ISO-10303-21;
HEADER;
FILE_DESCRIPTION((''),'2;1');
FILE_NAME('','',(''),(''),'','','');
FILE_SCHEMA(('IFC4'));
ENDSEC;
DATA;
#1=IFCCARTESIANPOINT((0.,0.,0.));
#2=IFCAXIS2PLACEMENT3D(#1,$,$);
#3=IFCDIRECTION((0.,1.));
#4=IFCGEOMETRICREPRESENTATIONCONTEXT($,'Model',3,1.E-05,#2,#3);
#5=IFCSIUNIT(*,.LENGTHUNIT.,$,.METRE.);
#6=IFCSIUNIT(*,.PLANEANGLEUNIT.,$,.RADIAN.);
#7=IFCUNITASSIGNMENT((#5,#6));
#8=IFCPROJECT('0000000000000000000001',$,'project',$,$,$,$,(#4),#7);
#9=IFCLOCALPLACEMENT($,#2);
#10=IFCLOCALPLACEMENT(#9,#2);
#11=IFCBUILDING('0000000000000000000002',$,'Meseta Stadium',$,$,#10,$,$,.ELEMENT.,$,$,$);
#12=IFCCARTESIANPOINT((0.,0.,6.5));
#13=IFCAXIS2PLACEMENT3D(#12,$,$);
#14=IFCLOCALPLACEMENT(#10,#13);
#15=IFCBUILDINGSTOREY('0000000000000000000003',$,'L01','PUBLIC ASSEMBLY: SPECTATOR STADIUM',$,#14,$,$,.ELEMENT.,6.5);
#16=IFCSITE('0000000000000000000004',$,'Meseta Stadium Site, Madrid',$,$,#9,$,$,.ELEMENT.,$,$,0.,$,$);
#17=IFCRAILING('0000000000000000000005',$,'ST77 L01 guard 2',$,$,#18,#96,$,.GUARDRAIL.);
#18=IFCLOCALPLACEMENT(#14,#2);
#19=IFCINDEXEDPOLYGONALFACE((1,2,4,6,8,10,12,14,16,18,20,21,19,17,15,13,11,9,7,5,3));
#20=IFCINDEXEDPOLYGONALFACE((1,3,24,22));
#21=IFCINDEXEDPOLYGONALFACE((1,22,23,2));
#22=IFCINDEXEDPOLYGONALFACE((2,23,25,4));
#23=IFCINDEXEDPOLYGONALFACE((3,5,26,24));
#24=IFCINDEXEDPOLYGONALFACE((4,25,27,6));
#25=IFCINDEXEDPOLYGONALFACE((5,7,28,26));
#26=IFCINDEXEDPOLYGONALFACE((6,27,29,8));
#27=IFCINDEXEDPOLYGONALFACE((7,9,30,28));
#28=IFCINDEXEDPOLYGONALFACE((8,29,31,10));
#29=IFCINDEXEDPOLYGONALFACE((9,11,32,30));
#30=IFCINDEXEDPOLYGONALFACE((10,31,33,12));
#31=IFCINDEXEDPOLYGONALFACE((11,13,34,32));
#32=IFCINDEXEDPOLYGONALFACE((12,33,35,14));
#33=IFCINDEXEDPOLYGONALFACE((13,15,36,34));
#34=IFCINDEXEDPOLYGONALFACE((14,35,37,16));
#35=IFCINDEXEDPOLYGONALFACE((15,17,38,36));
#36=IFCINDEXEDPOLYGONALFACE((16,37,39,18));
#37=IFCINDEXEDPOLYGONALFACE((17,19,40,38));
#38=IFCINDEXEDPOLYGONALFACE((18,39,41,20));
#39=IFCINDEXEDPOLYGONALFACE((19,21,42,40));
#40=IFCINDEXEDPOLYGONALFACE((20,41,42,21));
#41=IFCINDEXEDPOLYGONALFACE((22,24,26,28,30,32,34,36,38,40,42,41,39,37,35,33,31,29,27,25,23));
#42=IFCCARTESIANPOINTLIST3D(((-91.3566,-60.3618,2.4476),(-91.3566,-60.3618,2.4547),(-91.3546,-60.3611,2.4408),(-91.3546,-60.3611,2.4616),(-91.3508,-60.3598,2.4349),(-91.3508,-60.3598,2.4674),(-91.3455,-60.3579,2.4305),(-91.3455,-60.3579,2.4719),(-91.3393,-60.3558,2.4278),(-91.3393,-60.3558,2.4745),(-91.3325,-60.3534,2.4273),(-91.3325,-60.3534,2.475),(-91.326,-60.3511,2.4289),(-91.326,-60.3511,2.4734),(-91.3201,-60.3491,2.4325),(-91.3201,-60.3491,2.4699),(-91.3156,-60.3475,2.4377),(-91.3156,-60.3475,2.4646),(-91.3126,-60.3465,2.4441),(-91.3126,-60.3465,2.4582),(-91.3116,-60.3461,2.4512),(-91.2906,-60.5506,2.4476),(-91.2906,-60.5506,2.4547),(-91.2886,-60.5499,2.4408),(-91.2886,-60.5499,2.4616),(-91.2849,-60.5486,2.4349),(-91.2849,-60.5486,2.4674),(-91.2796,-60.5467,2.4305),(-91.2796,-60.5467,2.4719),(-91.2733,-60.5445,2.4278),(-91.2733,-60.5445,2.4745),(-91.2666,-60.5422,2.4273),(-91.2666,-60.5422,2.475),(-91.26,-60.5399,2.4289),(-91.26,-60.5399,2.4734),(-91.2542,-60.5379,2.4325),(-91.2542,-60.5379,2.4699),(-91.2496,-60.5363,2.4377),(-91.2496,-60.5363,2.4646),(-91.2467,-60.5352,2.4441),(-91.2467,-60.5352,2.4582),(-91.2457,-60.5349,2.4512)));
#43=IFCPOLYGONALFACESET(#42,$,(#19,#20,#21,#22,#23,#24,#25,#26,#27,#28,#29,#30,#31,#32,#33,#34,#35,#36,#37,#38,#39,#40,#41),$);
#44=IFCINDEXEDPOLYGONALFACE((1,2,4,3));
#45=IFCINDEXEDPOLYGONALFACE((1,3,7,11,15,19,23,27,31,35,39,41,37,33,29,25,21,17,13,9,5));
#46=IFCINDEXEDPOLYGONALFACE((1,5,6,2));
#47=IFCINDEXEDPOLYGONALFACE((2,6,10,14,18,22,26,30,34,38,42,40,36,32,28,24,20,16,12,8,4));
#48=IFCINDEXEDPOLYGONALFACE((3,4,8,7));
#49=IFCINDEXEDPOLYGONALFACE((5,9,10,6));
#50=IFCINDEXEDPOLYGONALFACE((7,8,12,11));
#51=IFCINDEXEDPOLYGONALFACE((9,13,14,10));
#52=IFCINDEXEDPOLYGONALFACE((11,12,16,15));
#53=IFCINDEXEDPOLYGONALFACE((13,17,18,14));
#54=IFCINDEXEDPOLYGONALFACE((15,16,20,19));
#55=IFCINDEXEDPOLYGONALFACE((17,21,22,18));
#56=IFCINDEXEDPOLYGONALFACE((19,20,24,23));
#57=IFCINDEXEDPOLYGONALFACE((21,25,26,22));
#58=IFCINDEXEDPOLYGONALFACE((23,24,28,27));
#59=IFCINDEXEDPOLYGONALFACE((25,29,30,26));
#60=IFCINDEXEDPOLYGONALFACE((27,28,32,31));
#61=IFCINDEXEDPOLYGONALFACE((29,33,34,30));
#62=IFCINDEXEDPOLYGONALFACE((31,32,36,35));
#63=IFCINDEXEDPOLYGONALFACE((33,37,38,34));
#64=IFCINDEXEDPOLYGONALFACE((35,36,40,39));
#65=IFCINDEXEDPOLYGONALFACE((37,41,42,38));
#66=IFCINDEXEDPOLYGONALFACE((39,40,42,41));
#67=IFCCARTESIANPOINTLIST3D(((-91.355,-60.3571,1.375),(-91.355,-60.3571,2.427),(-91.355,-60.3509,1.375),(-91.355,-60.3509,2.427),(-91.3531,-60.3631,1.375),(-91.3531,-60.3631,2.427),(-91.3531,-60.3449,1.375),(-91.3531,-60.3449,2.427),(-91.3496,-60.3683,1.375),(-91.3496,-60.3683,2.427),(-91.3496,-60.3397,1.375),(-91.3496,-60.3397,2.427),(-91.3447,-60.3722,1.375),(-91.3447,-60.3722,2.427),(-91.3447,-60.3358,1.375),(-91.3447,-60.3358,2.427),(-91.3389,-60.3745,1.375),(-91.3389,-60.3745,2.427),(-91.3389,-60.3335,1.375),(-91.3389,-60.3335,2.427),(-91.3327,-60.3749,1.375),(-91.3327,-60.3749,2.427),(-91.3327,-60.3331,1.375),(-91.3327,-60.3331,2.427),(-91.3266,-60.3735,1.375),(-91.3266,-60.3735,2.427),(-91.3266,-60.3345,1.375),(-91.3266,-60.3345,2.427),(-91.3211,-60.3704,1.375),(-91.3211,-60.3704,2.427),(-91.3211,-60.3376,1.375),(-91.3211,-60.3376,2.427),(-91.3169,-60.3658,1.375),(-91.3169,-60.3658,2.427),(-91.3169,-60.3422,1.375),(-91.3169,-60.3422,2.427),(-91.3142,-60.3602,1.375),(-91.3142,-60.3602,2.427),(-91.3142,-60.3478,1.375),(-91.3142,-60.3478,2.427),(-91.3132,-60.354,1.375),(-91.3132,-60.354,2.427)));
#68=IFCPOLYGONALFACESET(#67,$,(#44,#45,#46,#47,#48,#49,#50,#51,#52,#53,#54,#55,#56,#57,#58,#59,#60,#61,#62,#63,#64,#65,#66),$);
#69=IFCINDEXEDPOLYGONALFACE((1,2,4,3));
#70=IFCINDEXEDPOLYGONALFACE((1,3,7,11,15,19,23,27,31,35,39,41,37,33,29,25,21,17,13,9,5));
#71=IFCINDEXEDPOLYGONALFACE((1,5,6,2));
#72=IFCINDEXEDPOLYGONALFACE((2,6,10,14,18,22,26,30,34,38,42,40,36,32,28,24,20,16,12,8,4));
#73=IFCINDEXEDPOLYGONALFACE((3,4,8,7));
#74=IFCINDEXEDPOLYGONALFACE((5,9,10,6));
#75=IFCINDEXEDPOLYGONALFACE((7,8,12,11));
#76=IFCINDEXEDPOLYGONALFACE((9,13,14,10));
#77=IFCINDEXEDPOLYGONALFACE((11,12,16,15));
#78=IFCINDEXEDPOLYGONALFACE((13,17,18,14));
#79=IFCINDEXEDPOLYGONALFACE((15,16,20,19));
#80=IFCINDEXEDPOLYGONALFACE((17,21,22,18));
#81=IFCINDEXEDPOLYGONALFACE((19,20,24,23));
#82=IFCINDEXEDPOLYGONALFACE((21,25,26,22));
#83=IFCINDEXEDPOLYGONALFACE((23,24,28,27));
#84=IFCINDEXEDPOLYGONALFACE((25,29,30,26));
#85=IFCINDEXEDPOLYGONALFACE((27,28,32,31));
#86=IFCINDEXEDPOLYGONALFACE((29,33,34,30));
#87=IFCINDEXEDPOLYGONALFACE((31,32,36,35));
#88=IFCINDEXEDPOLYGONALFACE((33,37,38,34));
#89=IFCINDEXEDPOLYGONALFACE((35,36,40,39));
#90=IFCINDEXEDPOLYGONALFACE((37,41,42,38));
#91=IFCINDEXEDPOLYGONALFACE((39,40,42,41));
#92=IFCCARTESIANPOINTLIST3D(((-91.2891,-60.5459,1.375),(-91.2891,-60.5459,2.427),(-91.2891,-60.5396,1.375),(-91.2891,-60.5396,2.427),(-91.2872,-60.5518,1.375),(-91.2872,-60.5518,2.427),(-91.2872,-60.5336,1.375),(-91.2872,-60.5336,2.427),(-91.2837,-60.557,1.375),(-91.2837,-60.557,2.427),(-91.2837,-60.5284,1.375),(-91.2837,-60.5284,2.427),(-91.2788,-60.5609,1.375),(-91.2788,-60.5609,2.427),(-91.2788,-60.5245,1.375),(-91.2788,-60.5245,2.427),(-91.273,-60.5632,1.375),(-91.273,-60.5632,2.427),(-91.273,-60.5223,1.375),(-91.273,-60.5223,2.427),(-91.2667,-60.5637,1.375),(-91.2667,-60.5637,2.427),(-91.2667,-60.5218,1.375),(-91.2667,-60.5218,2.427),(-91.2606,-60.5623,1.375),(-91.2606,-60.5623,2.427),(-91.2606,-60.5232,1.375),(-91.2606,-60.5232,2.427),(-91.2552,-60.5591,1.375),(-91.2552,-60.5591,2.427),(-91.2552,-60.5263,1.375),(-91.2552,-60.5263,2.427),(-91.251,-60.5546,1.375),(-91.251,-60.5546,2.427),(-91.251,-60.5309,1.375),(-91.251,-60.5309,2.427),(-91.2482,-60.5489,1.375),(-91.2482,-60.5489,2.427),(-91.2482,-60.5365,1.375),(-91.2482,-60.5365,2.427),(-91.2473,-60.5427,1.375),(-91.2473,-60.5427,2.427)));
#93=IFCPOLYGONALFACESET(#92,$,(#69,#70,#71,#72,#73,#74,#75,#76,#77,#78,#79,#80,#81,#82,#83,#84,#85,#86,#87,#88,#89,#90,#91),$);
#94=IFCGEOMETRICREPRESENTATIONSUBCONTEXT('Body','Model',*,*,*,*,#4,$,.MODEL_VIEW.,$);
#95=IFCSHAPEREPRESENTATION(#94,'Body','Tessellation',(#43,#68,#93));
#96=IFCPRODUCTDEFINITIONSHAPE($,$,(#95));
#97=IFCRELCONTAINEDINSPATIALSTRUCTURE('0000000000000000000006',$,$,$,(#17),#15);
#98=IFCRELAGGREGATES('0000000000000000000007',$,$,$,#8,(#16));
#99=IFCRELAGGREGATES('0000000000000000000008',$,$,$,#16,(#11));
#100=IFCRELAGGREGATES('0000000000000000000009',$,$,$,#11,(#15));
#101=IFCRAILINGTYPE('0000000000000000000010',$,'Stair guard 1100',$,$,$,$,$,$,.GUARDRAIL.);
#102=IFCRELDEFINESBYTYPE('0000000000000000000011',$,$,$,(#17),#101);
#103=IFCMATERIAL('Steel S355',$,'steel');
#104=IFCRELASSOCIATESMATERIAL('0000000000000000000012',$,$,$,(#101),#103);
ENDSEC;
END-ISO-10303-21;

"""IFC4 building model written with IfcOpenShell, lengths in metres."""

from ifc_helpers import new_model, si_unit, direction, frame, origin, origin_2d, place, context, subcontext, project, spatial, circle, extrude, material, type_object, element, save


model = new_model("IFC4")

# Units and contexts
model_context = context("Model", 3, precision=1e-05, world=origin(), true_north=direction((0.0, 1.0)))
body_context = subcontext(model_context, "Body", "Model", "MODEL_VIEW")
ifc_project = project(units=[si_unit("LENGTHUNIT", "METRE"), si_unit("PLANEANGLEUNIT", "RADIAN")], contexts=[model_context])

# Site, building, storey
site_placement = place(None, origin())
site = spatial("IfcSite", under=ifc_project, at=site_placement, Name="Meseta Stadium Site, Madrid", CompositionType="ELEMENT", RefElevation=0.0)
building_placement = place(site_placement, origin())
building = spatial("IfcBuilding", under=site, at=building_placement, Name="Meseta Stadium", CompositionType="ELEMENT")
storey_placement = place(building_placement, frame((0.0, 0.0, 6.5)))
storey = spatial("IfcBuildingStorey", under=building, at=storey_placement, Name="L01", Description="PUBLIC ASSEMBLY: SPECTATOR STADIUM", CompositionType="ELEMENT", Elevation=6.5)

# Railing
ifc_material_1 = material(Name="Steel S355", Category="steel")
railing_type = type_object("IfcRailingType", Name="Stair guard 1100", PredefinedType="GUARDRAIL", material=ifc_material_1)
railing_1_placement = place(storey_placement, frame((-91.3342, -60.354, 1.375)))
element("IfcRailing", 1, at=railing_1_placement, inside=storey, type_object=railing_type, Name="ST77 L01 guard 2", PredefinedType="GUARDRAIL", context=body_context, shape_type="SweptSolid", body=[
    extrude(circle(Radius=0.0239, at=origin_2d()), frame((0.0, 0.0, 1.0762), z_axis=(0.329752, -0.944068, 0.0), x_axis=(0.944068, 0.329752, 0.0)), (0.0, 0.0, 1.0), 0.2),
    extrude(circle(Radius=0.021, at=origin_2d()), origin(), (0.0, 0.0, 1.0), 1.052),
    extrude(circle(Radius=0.021, at=origin_2d()), frame((0.0659, -0.1887, 0.0)), (0.0, 0.0, 1.0), 1.052),
])

save(model, "model.ifc")
